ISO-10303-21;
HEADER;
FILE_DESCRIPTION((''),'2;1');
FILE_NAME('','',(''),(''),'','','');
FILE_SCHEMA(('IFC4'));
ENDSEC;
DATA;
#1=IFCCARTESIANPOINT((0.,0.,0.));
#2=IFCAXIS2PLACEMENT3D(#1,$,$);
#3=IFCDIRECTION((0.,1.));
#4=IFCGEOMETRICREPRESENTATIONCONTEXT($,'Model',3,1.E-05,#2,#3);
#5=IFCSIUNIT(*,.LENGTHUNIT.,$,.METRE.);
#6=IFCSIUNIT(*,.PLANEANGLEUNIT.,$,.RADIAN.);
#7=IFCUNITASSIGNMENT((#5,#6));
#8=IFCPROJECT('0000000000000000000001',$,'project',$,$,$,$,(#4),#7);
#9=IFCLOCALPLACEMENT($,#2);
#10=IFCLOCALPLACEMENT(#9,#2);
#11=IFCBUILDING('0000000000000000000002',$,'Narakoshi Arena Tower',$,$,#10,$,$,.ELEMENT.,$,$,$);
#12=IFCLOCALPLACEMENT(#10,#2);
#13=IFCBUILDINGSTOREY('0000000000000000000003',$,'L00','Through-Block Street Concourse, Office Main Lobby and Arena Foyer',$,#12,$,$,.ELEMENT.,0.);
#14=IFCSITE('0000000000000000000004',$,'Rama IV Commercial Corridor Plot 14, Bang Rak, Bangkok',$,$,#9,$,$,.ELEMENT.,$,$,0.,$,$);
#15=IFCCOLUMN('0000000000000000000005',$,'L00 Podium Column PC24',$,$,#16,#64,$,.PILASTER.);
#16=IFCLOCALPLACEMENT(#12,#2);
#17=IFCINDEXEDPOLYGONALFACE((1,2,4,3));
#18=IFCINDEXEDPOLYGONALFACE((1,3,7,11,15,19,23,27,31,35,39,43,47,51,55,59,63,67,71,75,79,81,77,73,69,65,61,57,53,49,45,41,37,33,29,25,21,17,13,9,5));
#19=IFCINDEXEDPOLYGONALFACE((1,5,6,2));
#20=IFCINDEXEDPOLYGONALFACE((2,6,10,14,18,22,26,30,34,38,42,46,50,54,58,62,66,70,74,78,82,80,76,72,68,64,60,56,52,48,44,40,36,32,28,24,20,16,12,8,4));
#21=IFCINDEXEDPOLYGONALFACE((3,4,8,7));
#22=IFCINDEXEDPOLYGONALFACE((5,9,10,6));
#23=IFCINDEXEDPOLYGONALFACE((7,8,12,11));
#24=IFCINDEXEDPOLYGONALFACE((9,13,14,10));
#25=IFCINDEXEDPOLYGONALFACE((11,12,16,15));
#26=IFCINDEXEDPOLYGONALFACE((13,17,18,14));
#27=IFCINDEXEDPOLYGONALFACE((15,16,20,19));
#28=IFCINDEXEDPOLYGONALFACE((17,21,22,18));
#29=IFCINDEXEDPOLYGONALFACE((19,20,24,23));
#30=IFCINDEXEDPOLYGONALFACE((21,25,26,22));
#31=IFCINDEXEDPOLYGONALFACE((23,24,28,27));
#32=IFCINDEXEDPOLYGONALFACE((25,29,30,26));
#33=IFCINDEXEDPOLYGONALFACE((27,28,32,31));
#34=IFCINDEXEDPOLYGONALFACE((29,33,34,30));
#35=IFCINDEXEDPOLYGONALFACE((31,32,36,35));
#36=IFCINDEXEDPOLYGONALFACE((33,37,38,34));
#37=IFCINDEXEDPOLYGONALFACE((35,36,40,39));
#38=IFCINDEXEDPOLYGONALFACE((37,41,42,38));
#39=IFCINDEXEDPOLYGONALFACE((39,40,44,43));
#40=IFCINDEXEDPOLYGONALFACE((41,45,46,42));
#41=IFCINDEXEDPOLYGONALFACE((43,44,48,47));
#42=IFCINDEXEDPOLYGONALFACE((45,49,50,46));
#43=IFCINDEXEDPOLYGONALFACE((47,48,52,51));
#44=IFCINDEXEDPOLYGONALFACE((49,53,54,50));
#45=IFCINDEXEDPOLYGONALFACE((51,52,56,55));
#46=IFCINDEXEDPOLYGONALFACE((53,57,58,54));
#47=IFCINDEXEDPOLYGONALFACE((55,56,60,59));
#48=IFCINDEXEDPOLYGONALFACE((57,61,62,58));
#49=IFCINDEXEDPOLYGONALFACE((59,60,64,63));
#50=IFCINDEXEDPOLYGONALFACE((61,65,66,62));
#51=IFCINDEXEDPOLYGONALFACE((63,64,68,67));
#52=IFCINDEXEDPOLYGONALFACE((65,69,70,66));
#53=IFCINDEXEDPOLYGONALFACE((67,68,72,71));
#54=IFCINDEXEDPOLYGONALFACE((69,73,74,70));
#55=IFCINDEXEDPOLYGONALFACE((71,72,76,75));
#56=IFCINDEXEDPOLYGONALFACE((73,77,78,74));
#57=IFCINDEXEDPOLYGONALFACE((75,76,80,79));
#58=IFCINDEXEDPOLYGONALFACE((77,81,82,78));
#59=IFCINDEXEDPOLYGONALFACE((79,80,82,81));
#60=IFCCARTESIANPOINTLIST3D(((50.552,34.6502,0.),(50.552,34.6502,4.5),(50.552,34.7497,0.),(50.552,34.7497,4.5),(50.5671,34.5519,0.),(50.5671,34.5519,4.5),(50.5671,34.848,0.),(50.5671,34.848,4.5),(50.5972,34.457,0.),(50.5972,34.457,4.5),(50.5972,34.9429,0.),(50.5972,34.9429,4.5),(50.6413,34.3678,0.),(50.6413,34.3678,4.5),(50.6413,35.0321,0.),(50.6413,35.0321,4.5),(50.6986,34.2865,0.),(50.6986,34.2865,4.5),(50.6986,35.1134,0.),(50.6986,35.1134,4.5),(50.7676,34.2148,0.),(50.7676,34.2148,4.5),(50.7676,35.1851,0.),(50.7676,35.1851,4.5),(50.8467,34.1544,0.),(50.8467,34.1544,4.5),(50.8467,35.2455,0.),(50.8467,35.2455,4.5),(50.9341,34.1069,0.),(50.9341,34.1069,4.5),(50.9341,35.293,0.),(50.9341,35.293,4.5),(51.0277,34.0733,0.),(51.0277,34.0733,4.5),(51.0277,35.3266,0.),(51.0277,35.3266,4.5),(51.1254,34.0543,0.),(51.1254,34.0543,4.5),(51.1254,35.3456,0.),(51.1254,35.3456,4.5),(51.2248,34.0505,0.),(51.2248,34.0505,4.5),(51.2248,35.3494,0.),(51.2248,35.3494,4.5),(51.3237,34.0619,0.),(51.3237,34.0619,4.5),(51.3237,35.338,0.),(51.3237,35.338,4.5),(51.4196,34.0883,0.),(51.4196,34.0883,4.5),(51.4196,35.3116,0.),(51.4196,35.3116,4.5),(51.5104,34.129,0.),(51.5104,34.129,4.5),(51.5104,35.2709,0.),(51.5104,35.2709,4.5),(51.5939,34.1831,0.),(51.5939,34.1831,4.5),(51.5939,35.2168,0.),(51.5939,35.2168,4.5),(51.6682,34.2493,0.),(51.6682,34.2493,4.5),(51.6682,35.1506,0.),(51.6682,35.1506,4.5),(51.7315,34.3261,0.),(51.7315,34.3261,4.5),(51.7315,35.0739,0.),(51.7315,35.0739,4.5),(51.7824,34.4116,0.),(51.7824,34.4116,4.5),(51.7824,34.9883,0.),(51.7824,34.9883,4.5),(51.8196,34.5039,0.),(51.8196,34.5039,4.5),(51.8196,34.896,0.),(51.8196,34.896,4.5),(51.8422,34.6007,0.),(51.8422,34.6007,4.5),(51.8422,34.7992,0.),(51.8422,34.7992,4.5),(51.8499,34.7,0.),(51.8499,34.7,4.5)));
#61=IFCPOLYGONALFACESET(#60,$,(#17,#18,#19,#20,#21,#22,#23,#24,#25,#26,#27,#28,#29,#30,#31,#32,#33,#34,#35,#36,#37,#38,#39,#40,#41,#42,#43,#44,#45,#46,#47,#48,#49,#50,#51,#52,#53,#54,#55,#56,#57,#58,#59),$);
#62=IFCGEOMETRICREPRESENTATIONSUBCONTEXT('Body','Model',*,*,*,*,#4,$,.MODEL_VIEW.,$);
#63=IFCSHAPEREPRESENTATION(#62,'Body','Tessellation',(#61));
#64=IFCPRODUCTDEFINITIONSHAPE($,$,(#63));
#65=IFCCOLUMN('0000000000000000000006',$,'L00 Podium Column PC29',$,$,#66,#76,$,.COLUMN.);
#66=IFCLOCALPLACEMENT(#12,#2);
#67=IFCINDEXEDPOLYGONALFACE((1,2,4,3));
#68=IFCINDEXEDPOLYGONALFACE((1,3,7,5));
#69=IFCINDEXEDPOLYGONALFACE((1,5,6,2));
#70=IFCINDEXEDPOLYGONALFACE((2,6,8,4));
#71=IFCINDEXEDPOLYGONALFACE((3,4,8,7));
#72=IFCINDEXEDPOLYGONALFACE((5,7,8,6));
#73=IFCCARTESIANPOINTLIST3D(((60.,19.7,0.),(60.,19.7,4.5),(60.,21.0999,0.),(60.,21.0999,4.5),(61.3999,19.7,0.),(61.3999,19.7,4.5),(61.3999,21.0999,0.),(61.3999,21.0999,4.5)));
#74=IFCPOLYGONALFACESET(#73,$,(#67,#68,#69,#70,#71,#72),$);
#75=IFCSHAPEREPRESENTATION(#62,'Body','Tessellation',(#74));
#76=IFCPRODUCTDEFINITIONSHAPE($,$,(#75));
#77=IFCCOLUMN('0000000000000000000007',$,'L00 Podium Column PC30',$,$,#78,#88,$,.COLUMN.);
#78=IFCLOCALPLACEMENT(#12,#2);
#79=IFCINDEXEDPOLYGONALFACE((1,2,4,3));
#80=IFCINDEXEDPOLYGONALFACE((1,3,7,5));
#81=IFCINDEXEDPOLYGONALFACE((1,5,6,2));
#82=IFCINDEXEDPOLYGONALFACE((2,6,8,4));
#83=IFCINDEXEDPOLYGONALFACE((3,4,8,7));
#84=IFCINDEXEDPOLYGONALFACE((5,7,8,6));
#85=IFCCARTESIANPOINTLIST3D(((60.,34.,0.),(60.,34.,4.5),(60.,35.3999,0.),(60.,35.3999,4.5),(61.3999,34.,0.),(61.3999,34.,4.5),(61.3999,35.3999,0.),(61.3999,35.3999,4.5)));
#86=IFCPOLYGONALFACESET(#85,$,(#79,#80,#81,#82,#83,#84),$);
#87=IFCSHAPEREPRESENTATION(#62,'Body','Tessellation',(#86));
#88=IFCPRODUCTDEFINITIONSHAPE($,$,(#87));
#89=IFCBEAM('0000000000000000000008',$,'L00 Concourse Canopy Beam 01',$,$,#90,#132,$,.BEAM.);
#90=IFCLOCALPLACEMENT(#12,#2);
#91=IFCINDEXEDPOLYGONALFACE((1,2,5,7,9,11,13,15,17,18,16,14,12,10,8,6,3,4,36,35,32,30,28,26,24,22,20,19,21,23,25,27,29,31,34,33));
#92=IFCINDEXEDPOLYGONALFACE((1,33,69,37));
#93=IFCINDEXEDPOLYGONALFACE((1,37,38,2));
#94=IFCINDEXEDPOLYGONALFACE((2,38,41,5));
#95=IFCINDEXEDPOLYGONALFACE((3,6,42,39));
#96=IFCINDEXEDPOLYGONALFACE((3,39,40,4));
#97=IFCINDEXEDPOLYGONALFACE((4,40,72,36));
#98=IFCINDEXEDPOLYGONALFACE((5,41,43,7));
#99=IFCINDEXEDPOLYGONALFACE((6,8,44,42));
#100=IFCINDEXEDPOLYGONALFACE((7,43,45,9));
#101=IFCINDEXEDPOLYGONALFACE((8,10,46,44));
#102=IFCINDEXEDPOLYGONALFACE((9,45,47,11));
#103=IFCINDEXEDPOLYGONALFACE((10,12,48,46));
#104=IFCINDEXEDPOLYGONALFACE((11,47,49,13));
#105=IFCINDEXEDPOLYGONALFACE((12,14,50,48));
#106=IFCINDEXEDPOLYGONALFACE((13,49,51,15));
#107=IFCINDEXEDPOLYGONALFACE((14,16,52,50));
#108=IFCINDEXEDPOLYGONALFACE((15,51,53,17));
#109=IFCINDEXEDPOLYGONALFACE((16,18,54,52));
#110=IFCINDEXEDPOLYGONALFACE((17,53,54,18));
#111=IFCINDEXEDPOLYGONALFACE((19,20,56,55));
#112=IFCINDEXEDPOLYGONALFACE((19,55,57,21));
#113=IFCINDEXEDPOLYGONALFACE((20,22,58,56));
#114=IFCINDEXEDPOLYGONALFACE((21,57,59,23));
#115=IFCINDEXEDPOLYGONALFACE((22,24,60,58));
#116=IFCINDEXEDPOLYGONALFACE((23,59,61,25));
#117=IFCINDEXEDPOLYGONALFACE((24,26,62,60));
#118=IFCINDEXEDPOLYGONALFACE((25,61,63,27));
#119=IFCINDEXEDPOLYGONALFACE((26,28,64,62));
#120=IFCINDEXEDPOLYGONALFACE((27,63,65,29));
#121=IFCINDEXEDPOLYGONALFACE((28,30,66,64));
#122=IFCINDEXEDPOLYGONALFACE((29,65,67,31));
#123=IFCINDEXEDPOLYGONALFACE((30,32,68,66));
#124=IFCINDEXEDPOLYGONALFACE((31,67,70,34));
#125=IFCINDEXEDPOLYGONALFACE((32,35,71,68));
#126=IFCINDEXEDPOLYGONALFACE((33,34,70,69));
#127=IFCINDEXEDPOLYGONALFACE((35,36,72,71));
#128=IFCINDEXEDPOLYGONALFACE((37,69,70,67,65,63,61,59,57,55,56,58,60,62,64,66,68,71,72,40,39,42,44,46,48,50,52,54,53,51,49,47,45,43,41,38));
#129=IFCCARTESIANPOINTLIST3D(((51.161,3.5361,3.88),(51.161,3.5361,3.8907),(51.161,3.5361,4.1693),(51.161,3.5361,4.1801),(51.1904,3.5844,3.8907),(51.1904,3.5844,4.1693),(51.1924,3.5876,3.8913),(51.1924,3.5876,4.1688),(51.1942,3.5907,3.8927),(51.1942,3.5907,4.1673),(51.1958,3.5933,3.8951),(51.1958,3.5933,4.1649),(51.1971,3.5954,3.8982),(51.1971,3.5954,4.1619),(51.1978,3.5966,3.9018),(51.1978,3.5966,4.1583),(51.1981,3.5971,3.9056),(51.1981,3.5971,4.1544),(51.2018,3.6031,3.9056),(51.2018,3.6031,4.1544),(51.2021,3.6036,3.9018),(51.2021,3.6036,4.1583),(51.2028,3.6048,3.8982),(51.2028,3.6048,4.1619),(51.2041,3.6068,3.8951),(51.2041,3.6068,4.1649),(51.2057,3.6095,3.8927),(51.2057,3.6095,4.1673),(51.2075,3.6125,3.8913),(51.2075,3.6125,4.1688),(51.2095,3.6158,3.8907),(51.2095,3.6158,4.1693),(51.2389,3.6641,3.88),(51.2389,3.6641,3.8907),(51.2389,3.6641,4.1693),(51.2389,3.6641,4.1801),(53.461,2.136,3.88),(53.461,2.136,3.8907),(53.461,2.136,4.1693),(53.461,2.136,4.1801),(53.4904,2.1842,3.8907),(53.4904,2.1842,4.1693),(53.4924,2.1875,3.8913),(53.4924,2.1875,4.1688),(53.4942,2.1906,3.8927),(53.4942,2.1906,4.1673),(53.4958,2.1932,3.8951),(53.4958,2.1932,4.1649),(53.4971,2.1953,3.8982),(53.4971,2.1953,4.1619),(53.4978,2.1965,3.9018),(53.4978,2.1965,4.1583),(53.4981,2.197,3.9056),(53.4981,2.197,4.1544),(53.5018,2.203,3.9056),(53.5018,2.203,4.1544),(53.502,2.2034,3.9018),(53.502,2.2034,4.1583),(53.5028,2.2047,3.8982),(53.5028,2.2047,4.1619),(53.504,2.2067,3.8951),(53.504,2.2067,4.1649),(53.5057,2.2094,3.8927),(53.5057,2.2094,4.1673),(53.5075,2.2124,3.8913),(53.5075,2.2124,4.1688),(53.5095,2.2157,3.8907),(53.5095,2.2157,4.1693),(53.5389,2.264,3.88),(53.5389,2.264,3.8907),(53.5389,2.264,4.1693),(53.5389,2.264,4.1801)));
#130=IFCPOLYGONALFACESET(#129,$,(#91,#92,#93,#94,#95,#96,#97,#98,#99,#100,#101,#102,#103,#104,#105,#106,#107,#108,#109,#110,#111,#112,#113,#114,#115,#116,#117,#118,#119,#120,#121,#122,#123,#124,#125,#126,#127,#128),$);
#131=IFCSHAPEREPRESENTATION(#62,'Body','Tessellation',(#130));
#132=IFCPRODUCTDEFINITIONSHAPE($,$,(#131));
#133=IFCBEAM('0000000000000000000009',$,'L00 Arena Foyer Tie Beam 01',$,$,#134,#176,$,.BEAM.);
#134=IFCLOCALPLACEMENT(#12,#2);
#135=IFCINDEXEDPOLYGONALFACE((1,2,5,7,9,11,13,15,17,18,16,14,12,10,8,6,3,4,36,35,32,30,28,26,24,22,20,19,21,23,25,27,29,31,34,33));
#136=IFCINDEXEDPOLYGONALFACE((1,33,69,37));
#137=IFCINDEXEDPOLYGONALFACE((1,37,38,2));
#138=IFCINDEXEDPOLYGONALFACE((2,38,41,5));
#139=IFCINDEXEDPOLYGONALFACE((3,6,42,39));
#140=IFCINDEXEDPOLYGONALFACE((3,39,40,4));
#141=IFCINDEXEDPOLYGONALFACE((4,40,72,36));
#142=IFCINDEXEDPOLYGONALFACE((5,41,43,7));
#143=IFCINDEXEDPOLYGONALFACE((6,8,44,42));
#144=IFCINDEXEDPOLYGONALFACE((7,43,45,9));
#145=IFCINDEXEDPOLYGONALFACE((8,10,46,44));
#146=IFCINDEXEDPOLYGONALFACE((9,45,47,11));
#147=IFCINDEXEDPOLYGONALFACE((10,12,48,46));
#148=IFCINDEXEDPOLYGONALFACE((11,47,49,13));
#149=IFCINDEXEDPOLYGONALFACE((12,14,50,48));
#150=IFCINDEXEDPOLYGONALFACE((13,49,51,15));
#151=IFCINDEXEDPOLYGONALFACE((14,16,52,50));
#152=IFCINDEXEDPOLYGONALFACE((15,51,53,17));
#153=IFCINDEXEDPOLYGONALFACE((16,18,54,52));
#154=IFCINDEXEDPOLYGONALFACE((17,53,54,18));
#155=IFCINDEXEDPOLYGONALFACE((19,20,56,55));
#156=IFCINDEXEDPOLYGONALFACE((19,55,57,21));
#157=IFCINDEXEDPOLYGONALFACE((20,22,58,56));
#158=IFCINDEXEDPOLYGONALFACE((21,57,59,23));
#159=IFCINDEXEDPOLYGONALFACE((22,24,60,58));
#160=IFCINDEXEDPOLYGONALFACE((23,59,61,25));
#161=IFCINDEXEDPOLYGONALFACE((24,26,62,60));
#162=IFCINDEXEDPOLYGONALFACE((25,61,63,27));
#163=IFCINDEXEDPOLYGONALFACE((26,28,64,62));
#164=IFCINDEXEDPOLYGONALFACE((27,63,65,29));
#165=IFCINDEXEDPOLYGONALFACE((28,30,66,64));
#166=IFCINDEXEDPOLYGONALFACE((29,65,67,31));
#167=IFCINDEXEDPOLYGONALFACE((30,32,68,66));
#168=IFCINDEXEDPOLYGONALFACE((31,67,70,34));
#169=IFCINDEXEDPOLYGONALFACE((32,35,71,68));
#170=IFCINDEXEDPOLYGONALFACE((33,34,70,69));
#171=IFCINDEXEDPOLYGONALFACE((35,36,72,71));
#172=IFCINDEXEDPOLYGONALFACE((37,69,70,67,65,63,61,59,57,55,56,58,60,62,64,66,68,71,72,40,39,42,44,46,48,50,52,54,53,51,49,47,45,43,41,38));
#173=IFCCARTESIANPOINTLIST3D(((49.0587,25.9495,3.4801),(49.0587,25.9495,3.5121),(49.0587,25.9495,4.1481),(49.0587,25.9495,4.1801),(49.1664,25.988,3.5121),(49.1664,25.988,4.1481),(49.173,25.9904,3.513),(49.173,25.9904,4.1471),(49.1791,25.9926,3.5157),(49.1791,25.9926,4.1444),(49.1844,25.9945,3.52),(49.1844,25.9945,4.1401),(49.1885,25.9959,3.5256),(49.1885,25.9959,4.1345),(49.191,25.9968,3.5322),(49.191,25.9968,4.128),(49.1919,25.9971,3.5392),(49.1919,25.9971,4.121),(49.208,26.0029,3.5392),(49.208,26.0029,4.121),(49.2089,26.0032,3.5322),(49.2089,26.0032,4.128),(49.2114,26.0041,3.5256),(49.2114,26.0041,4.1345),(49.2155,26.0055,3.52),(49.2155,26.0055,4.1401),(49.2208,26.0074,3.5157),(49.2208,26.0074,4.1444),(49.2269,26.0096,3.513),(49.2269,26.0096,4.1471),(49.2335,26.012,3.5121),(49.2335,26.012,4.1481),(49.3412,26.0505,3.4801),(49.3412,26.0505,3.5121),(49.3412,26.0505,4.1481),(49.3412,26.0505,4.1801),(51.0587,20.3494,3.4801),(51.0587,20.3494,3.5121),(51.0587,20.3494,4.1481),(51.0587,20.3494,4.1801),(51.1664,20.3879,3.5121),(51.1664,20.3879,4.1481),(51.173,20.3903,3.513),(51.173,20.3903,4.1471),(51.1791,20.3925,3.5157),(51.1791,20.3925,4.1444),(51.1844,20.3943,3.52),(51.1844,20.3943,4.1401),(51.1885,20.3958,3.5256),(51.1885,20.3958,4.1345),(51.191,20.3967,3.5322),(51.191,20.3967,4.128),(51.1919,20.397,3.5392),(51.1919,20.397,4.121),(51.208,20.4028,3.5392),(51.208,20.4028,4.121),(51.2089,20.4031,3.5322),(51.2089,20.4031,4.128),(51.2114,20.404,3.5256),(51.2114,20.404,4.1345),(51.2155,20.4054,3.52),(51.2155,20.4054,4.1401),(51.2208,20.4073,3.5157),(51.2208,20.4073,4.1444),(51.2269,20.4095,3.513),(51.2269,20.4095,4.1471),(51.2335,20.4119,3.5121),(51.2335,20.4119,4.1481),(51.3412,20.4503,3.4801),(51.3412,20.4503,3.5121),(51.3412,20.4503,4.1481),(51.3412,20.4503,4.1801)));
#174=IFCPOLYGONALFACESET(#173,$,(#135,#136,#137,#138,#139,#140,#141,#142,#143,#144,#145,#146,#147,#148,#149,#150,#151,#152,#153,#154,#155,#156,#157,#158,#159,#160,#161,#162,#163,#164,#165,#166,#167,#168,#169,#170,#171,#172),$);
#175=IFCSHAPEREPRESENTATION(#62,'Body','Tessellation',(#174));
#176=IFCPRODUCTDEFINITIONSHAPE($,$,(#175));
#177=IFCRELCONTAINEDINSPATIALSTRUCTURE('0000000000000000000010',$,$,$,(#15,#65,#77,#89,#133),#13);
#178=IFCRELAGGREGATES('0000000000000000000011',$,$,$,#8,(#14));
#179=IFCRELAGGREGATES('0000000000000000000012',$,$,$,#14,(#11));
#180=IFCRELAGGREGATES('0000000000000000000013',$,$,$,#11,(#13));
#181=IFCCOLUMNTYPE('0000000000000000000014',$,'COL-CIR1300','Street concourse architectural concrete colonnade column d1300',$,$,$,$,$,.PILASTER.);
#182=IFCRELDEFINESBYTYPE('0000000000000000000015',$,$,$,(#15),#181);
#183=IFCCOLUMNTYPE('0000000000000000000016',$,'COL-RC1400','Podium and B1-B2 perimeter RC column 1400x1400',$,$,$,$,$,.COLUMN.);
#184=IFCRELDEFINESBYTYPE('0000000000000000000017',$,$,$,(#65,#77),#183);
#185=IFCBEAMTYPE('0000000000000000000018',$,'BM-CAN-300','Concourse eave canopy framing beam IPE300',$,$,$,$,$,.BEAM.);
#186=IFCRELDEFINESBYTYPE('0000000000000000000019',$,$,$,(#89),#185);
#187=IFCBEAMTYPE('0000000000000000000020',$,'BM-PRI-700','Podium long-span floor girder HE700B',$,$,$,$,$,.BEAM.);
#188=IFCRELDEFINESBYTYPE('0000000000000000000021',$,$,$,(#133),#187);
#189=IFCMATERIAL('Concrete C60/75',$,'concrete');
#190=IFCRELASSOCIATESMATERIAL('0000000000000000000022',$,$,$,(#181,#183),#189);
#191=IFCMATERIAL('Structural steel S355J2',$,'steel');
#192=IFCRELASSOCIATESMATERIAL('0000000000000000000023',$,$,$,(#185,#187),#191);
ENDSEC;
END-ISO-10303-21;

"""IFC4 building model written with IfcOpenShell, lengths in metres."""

from ifc_helpers import new_model, si_unit, direction, frame, origin, origin_2d, place, context, subcontext, project, spatial, rectangle, circle, i_section, extrude, material, material_profile, profile_set, type_object, element, save


model = new_model("IFC4")

# Units and contexts
model_context = context("Model", 3, precision=1e-05, world=origin(), true_north=direction((0.0, 1.0)))
body_context = subcontext(model_context, "Body", "Model", "MODEL_VIEW")
ifc_project = project(units=[si_unit("LENGTHUNIT", "METRE"), si_unit("PLANEANGLEUNIT", "RADIAN")], contexts=[model_context])

# Site, building, storey
site_placement = place(None, origin())
site = spatial("IfcSite", under=ifc_project, at=site_placement, Name="Rama IV Commercial Corridor Plot 14, Bang Rak, Bangkok", CompositionType="ELEMENT", RefElevation=0.0)
building_placement = place(site_placement, origin())
building = spatial("IfcBuilding", under=site, at=building_placement, Name="Narakoshi Arena Tower", CompositionType="ELEMENT")
storey_placement = place(building_placement, origin())
storey = spatial("IfcBuildingStorey", under=building, at=storey_placement, Name="L00", Description="Through-Block Street Concourse, Office Main Lobby and Arena Foyer", CompositionType="ELEMENT", Elevation=0.0)

# Columns
ifc_material_1 = material(Name="Concrete C60/75", Category="concrete")
ifc_material_profile_1 = material_profile(ifc_material_1, circle(Radius=0.6499, at=origin_2d()), Name="RCC1300")
ifc_profile_set_1 = profile_set([ifc_material_profile_1], Name="Concrete C60/75")
column_type_1 = type_object("IfcColumnType", Name="COL-CIR1300", Description="Street concourse architectural concrete colonnade column d1300", PredefinedType="PILASTER", material=ifc_profile_set_1)
for number, where, z_axis, x_axis, name in (
    (1, (51.2, 34.7, 0.0), (0.0, 0.0, 1.0), (1.0, 0.0, 0.0), "L00 Podium Column PC24"),
):
    element("IfcColumn", number, at=place(storey_placement, frame(where, z_axis=z_axis, x_axis=x_axis)), inside=storey, type_object=column_type_1, Name=name, PredefinedType="PILASTER", context=body_context, shape_type="SweptSolid", body=[
        extrude(circle(Radius=0.6499, at=origin_2d()), origin(), (0.0, 0.0, 1.0), 4.5),
    ])
ifc_material_profile_2 = material_profile(ifc_material_1, rectangle(XDim=1.3999, YDim=1.3999, at=origin_2d()), Name="RC1400x1400")
ifc_profile_set_2 = profile_set([ifc_material_profile_2], Name="Concrete C60/75")
column_type_2 = type_object("IfcColumnType", Name="COL-RC1400", Description="Podium and B1-B2 perimeter RC column 1400x1400", PredefinedType="COLUMN", material=ifc_profile_set_2)
for number, where, z_axis, x_axis, name in (
    (2, (60.7, 20.3999, 0.0), (0.0, 0.0, 1.0), (1.0, 0.0, 0.0), "L00 Podium Column PC29"),
    (3, (60.7, 34.7, 0.0), (0.0, 0.0, 1.0), (1.0, 0.0, 0.0), "L00 Podium Column PC30"),
):
    element("IfcColumn", number, at=place(storey_placement, frame(where, z_axis=z_axis, x_axis=x_axis)), inside=storey, type_object=column_type_2, Name=name, PredefinedType="COLUMN", context=body_context, shape_type="SweptSolid", body=[
        extrude(rectangle(XDim=1.3999, YDim=1.3999, at=origin_2d()), origin(), (0.0, 0.0, 1.0), 4.5),
    ])

# Beams
ifc_material_2 = material(Name="Structural steel S355J2", Category="steel")
ifc_material_profile_3 = material_profile(ifc_material_2, i_section(OverallWidth=0.1499, OverallDepth=0.3, WebThickness=0.0071, FlangeThickness=0.0107, FilletRadius=0.0149, at=origin_2d()), Name="IPE300")
ifc_profile_set_3 = profile_set([ifc_material_profile_3], Name="Structural steel S355J2")
beam_type_1 = type_object("IfcBeamType", Name="BM-CAN-300", Description="Concourse eave canopy framing beam IPE300", PredefinedType="BEAM", material=ifc_profile_set_3)
beam_1_placement = place(storey_placement, frame((51.2, 3.6001, 4.03), z_axis=(0.854179, -0.519979, 0.0), x_axis=(0.519979, 0.854179, 0.0)))
element("IfcBeam", 4, at=beam_1_placement, inside=storey, type_object=beam_type_1, Name="L00 Concourse Canopy Beam 01", PredefinedType="BEAM", context=body_context, shape_type="SweptSolid", body=[
    extrude(i_section(OverallWidth=0.1499, OverallDepth=0.3, WebThickness=0.0071, FlangeThickness=0.0107, FilletRadius=0.0149, at=origin_2d()), origin(), (0.0, 0.0, 1.0), 2.6926),
])
ifc_material_profile_4 = material_profile(ifc_material_2, i_section(OverallWidth=0.3, OverallDepth=0.7, WebThickness=0.0171, FlangeThickness=0.032, FilletRadius=0.0271, at=origin_2d()), Name="HE700B")
ifc_profile_set_4 = profile_set([ifc_material_profile_4], Name="Structural steel S355J2")
beam_type_2 = type_object("IfcBeamType", Name="BM-PRI-700", Description="Podium long-span floor girder HE700B", PredefinedType="BEAM", material=ifc_profile_set_4)
beam_2_placement = place(storey_placement, frame((49.2, 26.0, 3.8301), z_axis=(0.336331, -0.941744, 0.0), x_axis=(0.941744, 0.336331, 0.0)))
element("IfcBeam", 5, at=beam_2_placement, inside=storey, type_object=beam_type_2, Name="L00 Arena Foyer Tie Beam 01", PredefinedType="BEAM", context=body_context, shape_type="SweptSolid", body=[
    extrude(i_section(OverallWidth=0.3, OverallDepth=0.7, WebThickness=0.0171, FlangeThickness=0.032, FilletRadius=0.0271, at=origin_2d()), origin(), (0.0, 0.0, 1.0), 5.9465),
])

save(model, "model.ifc")
